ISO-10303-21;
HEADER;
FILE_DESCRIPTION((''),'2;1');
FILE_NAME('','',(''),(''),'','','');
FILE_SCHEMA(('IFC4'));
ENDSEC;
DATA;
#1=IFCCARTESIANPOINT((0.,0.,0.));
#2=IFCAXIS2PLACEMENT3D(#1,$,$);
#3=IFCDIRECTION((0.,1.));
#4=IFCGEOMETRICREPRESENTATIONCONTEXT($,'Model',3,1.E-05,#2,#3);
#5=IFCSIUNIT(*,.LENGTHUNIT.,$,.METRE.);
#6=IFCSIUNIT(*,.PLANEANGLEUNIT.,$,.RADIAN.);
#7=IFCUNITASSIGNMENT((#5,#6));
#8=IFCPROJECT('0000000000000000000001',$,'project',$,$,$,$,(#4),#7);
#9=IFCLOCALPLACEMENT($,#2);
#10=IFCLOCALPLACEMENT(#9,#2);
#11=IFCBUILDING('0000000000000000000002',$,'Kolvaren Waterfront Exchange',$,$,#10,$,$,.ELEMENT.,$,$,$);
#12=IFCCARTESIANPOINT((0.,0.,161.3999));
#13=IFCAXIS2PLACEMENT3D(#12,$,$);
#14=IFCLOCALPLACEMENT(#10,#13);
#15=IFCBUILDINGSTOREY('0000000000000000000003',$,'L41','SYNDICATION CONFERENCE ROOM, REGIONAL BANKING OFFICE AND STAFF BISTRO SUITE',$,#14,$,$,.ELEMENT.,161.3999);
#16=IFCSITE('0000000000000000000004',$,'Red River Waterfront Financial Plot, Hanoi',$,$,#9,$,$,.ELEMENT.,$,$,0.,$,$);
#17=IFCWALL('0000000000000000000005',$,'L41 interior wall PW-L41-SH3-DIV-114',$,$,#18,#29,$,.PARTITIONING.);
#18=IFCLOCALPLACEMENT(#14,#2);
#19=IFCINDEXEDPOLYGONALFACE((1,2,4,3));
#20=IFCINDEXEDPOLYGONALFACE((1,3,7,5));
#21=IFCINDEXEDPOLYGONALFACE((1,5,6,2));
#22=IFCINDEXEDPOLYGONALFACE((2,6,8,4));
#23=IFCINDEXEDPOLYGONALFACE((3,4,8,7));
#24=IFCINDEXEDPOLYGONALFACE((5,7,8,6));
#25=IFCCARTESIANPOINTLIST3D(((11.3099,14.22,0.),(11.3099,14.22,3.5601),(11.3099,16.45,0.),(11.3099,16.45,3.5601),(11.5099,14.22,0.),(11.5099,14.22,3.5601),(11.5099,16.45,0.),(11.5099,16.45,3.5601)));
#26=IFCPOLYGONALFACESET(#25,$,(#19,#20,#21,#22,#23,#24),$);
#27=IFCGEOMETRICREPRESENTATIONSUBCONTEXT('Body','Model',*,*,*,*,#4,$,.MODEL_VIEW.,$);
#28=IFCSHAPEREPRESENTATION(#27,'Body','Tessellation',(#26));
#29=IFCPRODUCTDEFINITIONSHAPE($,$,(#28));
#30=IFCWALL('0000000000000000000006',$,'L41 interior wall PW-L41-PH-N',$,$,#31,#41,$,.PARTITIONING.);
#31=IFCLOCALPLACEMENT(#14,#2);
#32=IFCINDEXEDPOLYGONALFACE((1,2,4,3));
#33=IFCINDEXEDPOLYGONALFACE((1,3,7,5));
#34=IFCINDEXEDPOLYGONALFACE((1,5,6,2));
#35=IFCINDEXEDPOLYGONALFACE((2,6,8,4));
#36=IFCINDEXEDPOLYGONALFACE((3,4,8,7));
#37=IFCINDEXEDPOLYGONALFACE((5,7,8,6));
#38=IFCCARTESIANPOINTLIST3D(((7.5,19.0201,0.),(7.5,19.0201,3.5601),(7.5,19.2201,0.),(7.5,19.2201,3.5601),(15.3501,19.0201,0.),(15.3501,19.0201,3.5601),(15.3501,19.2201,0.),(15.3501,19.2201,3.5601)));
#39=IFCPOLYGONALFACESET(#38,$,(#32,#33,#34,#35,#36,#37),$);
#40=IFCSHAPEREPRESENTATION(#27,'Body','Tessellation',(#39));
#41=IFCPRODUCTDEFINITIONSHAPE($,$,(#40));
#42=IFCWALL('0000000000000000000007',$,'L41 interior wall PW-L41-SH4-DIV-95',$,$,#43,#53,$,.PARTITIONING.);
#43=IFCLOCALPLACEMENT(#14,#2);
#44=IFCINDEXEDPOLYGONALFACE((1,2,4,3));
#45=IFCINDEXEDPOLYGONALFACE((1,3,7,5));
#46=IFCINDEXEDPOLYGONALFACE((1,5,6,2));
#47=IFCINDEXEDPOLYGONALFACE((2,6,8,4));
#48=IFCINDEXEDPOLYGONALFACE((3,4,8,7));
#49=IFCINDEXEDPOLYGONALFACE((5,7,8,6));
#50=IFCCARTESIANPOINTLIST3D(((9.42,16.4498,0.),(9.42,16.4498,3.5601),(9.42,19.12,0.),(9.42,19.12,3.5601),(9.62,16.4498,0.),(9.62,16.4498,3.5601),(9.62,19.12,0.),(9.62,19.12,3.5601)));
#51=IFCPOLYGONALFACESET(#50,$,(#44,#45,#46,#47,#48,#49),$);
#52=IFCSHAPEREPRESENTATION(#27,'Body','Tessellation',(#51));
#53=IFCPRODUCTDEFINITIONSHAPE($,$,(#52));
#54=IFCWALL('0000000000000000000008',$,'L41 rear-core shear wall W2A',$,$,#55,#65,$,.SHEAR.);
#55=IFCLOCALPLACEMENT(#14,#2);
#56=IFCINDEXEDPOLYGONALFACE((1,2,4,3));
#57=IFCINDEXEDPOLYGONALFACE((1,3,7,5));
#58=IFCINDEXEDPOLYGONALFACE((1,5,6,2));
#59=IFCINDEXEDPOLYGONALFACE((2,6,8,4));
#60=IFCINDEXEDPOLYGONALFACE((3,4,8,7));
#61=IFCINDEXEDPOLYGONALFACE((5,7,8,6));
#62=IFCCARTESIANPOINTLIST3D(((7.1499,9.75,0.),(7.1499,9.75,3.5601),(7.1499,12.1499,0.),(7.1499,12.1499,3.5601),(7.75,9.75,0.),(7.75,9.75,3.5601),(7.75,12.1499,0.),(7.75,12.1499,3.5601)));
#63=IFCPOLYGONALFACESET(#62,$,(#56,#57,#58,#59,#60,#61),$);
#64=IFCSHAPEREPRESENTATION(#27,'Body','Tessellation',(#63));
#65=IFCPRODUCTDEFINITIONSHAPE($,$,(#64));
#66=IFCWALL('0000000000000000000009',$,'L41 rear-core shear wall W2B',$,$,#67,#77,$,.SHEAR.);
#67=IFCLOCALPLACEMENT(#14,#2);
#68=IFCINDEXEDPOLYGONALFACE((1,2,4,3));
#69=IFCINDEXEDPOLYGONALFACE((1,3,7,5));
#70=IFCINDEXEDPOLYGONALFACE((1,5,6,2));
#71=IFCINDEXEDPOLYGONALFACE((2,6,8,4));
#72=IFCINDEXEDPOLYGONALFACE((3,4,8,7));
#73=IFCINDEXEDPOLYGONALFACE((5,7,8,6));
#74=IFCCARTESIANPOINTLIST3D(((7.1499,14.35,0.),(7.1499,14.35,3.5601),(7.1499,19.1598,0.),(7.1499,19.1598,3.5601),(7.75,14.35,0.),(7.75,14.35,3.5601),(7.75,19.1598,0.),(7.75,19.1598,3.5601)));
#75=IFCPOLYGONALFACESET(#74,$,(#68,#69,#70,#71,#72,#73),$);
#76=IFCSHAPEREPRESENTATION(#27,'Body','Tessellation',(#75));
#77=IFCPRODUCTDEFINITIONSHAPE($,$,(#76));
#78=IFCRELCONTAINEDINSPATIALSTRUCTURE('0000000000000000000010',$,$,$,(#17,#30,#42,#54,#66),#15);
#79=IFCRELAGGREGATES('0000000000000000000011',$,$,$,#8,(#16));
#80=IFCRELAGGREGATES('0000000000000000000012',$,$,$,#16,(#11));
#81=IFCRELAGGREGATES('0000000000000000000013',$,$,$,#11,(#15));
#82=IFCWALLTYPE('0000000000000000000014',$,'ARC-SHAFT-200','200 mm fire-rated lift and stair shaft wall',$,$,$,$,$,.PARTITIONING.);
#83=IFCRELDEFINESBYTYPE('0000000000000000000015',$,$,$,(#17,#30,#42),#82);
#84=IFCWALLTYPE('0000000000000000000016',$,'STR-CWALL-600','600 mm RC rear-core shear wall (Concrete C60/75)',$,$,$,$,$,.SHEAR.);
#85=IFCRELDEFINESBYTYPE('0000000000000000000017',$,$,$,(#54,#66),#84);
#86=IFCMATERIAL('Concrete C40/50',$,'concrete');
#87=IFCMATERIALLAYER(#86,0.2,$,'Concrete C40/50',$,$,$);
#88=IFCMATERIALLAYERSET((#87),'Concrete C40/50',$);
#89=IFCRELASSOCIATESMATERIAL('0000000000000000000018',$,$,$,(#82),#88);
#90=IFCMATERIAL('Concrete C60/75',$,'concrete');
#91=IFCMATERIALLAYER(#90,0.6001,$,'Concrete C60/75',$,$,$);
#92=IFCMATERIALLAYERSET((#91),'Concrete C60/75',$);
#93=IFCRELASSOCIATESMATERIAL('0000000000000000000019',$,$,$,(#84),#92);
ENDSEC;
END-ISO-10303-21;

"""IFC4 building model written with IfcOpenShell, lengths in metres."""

from ifc_helpers import new_model, si_unit, direction, frame, frame_2d, origin, place, context, subcontext, project, spatial, rectangle, extrude, material, layer, layer_set, type_object, element, save


model = new_model("IFC4")

# Units and contexts
model_context = context("Model", 3, precision=1e-05, world=origin(), true_north=direction((0.0, 1.0)))
body_context = subcontext(model_context, "Body", "Model", "MODEL_VIEW")
ifc_project = project(units=[si_unit("LENGTHUNIT", "METRE"), si_unit("PLANEANGLEUNIT", "RADIAN")], contexts=[model_context])

# Site, building, storey
site_placement = place(None, origin())
site = spatial("IfcSite", under=ifc_project, at=site_placement, Name="Red River Waterfront Financial Plot, Hanoi", CompositionType="ELEMENT", RefElevation=0.0)
building_placement = place(site_placement, origin())
building = spatial("IfcBuilding", under=site, at=building_placement, Name="Kolvaren Waterfront Exchange", CompositionType="ELEMENT")
storey_placement = place(building_placement, frame((0.0, 0.0, 161.3999)))
storey = spatial("IfcBuildingStorey", under=building, at=storey_placement, Name="L41", Description="SYNDICATION CONFERENCE ROOM, REGIONAL BANKING OFFICE AND STAFF BISTRO SUITE", CompositionType="ELEMENT", Elevation=161.3999)

# Shared definitions
ifc_material_1 = material(Name="Concrete C60/75", Category="concrete")

# Shared definitions
ifc_material_2 = material(Name="Concrete C40/50", Category="concrete")
ifc_layer_1 = layer(ifc_material_2, 0.2, Name="Concrete C40/50")
ifc_layer_set_1 = layer_set([ifc_layer_1], Name="Concrete C40/50")
wall_type_1 = type_object("IfcWallType", Name="ARC-SHAFT-200", Description="200 mm fire-rated lift and stair shaft wall", PredefinedType="PARTITIONING", material=ifc_layer_set_1)

# Walls
for number, where, z_axis, x_axis, name in (
    (1, (11.4099, 14.22, 0.0), (0.0, 0.0, 1.0), (0.0, 1.0, 0.0), "L41 interior wall PW-L41-SH3-DIV-114"),
):
    element("IfcWall", number, at=place(storey_placement, frame(where, z_axis=z_axis, x_axis=x_axis)), inside=storey, type_object=wall_type_1, Name=name, PredefinedType="PARTITIONING", context=body_context, shape_type="SweptSolid", body=[
        extrude(rectangle(XDim=2.23, YDim=0.2, at=frame_2d((1.115, 0.0))), origin(), (0.0, 0.0, 1.0), 3.5601),
    ])
wall_1_placement = place(storey_placement, frame((7.5, 19.1201, 0.0), z_axis=(0.0, 0.0, 1.0), x_axis=(1.0, 0.0, 0.0)))
element("IfcWall", 2, at=wall_1_placement, inside=storey, type_object=wall_type_1, Name="L41 interior wall PW-L41-PH-N", PredefinedType="PARTITIONING", context=body_context, shape_type="SweptSolid", body=[
    extrude(rectangle(XDim=7.8501, YDim=0.2, at=frame_2d((3.925, 0.0))), origin(), (0.0, 0.0, 1.0), 3.5601),
])
wall_2_placement = place(storey_placement, frame((9.52, 16.45, 0.0), z_axis=(0.0, 0.0, 1.0), x_axis=(0.0, 1.0, 0.0)))
element("IfcWall", 3, at=wall_2_placement, inside=storey, type_object=wall_type_1, Name="L41 interior wall PW-L41-SH4-DIV-95", PredefinedType="PARTITIONING", context=body_context, shape_type="SweptSolid", body=[
    extrude(rectangle(XDim=2.6702, YDim=0.2, at=frame_2d((1.335, 0.0))), origin(), (0.0, 0.0, 1.0), 3.5601),
])
ifc_layer_2 = layer(ifc_material_1, 0.6001, Name="Concrete C60/75")
ifc_layer_set_2 = layer_set([ifc_layer_2], Name="Concrete C60/75")
wall_type_2 = type_object("IfcWallType", Name="STR-CWALL-600", Description="600 mm RC rear-core shear wall (Concrete C60/75)", PredefinedType="SHEAR", material=ifc_layer_set_2)
wall_3_placement = place(storey_placement, frame((7.45, 9.75, 0.0), z_axis=(0.0, 0.0, 1.0), x_axis=(0.0, 1.0, 0.0)))
element("IfcWall", 4, at=wall_3_placement, inside=storey, type_object=wall_type_2, Name="L41 rear-core shear wall W2A", PredefinedType="SHEAR", context=body_context, shape_type="SweptSolid", body=[
    extrude(rectangle(XDim=2.3999, YDim=0.6001, at=frame_2d((1.2, 0.0))), origin(), (0.0, 0.0, 1.0), 3.5601),
])
wall_4_placement = place(storey_placement, frame((7.45, 14.3501, 0.0), z_axis=(0.0, 0.0, 1.0), x_axis=(0.0, 1.0, 0.0)))
element("IfcWall", 5, at=wall_4_placement, inside=storey, type_object=wall_type_2, Name="L41 rear-core shear wall W2B", PredefinedType="SHEAR", context=body_context, shape_type="SweptSolid", body=[
    extrude(rectangle(XDim=4.8098, YDim=0.6001, at=frame_2d((2.4048, 0.0))), origin(), (0.0, 0.0, 1.0), 3.5601),
])

save(model, "model.ifc")
